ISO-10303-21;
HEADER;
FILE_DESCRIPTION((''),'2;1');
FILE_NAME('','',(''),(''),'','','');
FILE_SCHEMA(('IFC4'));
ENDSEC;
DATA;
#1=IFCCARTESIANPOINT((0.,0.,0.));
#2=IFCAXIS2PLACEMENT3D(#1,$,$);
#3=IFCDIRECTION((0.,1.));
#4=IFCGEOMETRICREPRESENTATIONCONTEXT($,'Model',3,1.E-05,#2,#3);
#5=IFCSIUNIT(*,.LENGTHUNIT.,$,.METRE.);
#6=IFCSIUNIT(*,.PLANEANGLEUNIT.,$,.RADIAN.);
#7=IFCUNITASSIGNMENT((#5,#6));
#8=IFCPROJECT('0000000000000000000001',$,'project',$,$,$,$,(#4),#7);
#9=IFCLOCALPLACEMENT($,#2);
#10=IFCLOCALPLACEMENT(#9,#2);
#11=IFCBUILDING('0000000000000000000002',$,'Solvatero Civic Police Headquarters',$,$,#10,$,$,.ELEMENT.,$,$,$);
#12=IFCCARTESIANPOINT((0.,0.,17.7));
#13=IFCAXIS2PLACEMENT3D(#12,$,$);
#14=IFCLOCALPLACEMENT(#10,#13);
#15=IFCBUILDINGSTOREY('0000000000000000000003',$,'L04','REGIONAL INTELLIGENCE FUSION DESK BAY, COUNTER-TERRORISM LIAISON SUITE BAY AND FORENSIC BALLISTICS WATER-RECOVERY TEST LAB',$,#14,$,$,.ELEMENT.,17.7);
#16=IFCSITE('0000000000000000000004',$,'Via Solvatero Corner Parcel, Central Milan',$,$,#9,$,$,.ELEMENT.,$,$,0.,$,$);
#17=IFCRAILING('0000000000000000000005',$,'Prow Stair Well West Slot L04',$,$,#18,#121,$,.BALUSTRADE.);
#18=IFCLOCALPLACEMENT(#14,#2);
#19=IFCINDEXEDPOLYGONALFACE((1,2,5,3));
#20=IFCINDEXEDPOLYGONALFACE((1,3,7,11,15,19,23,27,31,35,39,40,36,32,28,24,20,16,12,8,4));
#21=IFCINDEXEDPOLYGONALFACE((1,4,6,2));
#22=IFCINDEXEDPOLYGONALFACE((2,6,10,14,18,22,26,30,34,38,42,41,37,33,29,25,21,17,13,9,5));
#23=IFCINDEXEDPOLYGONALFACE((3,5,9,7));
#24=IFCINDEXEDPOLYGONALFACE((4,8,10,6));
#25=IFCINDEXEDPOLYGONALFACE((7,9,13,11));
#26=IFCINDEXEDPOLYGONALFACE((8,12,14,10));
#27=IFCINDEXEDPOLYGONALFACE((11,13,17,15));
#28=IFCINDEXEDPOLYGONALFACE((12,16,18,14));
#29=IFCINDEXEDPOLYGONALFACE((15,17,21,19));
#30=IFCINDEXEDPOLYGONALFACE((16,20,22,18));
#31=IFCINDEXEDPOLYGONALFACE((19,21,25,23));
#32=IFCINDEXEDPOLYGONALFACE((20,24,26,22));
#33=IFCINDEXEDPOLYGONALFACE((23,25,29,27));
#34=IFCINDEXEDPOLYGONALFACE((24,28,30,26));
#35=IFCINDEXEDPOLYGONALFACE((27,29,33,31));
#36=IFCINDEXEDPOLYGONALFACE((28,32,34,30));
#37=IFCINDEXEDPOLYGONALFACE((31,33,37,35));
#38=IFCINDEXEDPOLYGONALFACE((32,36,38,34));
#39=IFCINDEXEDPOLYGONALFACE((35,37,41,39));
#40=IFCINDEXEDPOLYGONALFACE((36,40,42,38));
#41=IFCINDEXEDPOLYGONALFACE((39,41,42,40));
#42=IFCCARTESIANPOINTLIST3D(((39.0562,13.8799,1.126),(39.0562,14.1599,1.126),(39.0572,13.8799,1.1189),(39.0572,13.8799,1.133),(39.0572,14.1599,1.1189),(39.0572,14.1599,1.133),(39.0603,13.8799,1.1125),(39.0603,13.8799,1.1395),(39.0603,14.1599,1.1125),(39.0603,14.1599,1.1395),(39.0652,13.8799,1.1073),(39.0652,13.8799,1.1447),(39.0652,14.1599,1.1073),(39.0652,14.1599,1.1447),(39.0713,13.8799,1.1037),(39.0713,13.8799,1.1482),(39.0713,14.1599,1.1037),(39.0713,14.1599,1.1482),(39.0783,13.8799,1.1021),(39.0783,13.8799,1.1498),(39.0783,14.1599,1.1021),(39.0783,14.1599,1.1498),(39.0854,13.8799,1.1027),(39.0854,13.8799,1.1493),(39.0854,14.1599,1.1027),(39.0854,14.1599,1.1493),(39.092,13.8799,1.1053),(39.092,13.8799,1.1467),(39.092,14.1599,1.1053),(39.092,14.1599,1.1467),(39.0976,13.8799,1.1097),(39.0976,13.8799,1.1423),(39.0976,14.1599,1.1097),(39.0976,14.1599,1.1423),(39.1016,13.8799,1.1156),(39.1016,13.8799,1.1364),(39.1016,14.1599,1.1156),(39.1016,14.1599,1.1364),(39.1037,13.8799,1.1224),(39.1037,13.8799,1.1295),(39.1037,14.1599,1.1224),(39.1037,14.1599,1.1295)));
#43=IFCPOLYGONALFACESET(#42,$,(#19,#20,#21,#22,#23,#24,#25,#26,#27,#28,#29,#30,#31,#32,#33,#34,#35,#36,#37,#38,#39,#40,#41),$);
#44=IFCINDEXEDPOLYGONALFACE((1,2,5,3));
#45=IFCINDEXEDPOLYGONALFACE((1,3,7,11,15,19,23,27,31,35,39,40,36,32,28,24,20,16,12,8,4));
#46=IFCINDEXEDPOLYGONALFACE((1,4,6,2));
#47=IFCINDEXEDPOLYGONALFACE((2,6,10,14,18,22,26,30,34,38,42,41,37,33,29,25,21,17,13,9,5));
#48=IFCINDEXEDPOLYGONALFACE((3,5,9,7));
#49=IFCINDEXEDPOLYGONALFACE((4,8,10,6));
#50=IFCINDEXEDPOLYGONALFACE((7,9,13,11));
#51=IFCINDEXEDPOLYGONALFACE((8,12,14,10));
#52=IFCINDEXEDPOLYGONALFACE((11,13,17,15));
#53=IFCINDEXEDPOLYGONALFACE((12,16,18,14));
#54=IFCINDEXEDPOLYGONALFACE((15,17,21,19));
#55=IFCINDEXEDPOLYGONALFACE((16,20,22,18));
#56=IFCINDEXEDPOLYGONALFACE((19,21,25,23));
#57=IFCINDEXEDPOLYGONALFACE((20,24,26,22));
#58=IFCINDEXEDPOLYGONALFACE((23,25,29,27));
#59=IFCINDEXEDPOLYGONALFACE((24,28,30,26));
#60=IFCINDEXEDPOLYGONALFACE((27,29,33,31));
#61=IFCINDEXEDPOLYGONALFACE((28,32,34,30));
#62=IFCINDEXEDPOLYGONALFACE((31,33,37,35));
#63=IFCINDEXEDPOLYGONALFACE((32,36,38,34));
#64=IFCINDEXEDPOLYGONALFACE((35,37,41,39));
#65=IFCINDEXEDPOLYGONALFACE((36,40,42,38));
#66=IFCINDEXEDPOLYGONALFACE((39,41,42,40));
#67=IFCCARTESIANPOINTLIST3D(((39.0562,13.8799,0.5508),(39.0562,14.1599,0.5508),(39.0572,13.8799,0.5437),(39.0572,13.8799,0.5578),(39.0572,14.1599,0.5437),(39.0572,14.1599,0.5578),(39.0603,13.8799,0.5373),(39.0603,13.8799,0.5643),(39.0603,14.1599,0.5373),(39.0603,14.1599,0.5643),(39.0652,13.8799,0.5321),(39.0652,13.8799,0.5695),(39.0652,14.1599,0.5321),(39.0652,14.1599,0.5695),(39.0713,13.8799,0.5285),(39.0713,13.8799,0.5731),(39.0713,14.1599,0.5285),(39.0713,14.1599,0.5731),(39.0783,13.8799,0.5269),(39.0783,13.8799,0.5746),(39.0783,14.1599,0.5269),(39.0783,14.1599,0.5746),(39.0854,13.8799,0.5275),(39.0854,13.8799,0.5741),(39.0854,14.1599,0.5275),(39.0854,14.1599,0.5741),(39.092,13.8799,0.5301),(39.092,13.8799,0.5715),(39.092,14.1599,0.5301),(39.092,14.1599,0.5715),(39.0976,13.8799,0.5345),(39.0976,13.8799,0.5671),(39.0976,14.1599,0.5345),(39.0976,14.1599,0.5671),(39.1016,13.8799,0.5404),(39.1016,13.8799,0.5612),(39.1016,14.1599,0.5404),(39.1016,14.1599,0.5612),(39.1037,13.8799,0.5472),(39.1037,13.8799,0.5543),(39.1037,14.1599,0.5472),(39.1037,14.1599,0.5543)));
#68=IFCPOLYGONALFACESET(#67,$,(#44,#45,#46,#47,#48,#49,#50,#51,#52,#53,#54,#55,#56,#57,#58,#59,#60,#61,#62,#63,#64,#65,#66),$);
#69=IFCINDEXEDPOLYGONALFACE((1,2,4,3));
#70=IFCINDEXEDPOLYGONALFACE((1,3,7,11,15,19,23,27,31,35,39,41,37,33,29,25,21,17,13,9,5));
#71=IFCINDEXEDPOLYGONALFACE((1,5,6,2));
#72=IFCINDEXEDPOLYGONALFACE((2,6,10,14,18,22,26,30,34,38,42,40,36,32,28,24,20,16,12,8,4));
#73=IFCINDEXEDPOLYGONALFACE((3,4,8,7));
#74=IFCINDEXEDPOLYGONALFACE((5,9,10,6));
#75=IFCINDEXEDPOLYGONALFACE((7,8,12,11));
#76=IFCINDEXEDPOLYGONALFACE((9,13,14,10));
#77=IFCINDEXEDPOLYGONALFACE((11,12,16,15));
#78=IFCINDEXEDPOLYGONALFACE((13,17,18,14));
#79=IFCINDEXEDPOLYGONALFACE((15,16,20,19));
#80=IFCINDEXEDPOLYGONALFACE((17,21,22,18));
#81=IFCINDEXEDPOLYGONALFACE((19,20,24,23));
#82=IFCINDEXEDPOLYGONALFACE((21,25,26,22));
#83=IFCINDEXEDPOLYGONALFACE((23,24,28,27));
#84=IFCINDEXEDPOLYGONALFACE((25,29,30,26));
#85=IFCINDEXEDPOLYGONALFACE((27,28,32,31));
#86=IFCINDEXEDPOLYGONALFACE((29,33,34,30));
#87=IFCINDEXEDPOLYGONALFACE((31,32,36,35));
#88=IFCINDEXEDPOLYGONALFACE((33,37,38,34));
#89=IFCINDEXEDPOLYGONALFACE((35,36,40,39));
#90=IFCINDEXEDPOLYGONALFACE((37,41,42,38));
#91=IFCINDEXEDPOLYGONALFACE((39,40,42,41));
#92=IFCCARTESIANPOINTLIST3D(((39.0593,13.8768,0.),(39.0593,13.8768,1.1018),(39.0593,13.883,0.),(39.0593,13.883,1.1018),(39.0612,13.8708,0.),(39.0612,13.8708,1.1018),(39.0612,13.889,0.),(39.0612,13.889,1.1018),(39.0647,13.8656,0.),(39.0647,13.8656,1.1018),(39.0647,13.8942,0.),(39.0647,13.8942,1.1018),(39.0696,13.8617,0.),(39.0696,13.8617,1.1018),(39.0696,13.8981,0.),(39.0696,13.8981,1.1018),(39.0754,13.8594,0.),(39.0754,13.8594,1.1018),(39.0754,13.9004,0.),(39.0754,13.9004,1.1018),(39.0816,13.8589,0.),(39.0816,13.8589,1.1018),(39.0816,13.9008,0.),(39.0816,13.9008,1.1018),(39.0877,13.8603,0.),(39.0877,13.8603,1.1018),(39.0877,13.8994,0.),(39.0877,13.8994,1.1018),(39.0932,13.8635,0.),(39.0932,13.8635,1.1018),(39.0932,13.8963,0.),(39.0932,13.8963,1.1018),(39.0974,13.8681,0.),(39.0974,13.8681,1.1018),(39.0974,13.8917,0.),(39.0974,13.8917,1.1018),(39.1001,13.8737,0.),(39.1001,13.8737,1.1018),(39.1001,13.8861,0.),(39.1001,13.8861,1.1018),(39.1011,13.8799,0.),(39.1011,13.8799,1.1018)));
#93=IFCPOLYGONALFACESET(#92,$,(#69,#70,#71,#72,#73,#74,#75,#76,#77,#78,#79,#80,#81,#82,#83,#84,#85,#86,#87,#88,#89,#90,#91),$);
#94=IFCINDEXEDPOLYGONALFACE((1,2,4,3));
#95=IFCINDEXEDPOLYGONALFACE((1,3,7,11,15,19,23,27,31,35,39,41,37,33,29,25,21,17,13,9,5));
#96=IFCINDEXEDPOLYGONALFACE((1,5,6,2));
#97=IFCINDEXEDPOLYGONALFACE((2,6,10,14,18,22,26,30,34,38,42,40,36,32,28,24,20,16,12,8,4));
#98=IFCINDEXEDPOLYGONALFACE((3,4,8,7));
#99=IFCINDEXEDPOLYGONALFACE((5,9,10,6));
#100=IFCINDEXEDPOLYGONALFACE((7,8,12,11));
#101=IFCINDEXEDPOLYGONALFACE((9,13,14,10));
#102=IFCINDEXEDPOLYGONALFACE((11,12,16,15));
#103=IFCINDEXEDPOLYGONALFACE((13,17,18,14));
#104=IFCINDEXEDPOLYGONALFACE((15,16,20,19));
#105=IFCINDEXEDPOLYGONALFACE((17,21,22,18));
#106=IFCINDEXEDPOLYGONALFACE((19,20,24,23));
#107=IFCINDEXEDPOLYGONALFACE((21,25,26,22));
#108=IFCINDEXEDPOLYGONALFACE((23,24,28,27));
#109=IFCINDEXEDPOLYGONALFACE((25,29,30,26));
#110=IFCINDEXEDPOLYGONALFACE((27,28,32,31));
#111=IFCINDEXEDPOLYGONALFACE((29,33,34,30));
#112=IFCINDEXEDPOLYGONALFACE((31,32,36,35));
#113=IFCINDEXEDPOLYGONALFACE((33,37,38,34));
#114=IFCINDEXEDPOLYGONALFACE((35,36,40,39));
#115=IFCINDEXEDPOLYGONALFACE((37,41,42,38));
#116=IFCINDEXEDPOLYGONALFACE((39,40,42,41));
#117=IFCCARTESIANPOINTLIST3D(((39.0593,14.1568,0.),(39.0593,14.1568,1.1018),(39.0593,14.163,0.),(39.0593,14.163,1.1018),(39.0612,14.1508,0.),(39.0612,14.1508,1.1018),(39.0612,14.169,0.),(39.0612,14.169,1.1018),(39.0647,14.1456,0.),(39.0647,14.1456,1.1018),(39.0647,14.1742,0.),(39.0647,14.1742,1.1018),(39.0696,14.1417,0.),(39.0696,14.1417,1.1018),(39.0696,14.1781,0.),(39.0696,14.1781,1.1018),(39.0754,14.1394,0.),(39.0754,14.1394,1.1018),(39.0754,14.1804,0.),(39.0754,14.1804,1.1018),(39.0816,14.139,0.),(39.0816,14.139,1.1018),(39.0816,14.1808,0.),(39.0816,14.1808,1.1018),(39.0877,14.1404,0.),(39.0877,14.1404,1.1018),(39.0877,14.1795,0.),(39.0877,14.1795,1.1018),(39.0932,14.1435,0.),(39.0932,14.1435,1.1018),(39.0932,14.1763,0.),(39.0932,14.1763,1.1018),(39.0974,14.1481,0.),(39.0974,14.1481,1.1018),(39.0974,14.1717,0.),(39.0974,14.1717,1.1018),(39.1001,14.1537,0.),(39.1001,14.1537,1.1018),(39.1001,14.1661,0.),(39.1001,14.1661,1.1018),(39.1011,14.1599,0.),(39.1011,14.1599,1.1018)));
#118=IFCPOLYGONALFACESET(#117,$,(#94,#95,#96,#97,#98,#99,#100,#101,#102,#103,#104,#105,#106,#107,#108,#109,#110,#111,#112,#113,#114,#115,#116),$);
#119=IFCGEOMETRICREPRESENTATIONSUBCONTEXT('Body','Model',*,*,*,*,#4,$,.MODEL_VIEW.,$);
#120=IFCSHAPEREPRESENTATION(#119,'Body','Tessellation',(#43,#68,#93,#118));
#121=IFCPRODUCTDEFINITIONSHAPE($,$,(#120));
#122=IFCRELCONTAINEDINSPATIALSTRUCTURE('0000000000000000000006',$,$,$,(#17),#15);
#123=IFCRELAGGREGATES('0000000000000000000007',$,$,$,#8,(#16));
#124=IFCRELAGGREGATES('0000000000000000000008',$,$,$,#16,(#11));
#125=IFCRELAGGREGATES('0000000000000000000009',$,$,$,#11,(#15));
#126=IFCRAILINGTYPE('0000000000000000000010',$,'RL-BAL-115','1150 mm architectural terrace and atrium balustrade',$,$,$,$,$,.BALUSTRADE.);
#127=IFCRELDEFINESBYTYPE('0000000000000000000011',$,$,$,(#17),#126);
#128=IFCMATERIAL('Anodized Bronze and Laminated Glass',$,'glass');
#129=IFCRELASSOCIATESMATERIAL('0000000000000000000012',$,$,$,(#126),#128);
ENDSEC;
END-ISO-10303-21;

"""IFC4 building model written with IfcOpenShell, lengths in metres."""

from ifc_helpers import new_model, si_unit, direction, frame, origin, origin_2d, place, context, subcontext, project, spatial, circle, extrude, material, type_object, element, save


model = new_model("IFC4")

# Units and contexts
model_context = context("Model", 3, precision=1e-05, world=origin(), true_north=direction((0.0, 1.0)))
body_context = subcontext(model_context, "Body", "Model", "MODEL_VIEW")
ifc_project = project(units=[si_unit("LENGTHUNIT", "METRE"), si_unit("PLANEANGLEUNIT", "RADIAN")], contexts=[model_context])

# Site, building, storey
site_placement = place(None, origin())
site = spatial("IfcSite", under=ifc_project, at=site_placement, Name="Via Solvatero Corner Parcel, Central Milan", CompositionType="ELEMENT", RefElevation=0.0)
building_placement = place(site_placement, origin())
building = spatial("IfcBuilding", under=site, at=building_placement, Name="Solvatero Civic Police Headquarters", CompositionType="ELEMENT")
storey_placement = place(building_placement, frame((0.0, 0.0, 17.7)))
storey = spatial("IfcBuildingStorey", under=building, at=storey_placement, Name="L04", Description="REGIONAL INTELLIGENCE FUSION DESK BAY, COUNTER-TERRORISM LIAISON SUITE BAY AND FORENSIC BALLISTICS WATER-RECOVERY TEST LAB", CompositionType="ELEMENT", Elevation=17.7)

# Railing
ifc_material_1 = material(Name="Anodized Bronze and Laminated Glass", Category="glass")
railing_type_1 = type_object("IfcRailingType", Name="RL-BAL-115", Description="1150 mm architectural terrace and atrium balustrade", PredefinedType="BALUSTRADE", material=ifc_material_1)
railing_1_placement = place(storey_placement, frame((39.0801, 13.8799, 0.0)))
element("IfcRailing", 1, at=railing_1_placement, inside=storey, type_object=railing_type_1, Name="Prow Stair Well West Slot L04", PredefinedType="BALUSTRADE", context=body_context, shape_type="SweptSolid", body=[
    extrude(circle(Radius=0.0239, at=origin_2d()), frame((0.0, 0.0, 1.126), z_axis=(0.0, 1.0, 0.0), x_axis=(-1.0, 0.0, 0.0)), (0.0, 0.0, 1.0), 0.28),
    extrude(circle(Radius=0.0239, at=origin_2d()), frame((0.0, 0.0, 0.5508), z_axis=(0.0, 1.0, 0.0), x_axis=(-1.0, 0.0, 0.0)), (0.0, 0.0, 1.0), 0.28),
    extrude(circle(Radius=0.021, at=origin_2d()), origin(), (0.0, 0.0, 1.0), 1.1018),
    extrude(circle(Radius=0.021, at=origin_2d()), frame((0.0, 0.28, 0.0)), (0.0, 0.0, 1.0), 1.1018),
])

save(model, "model.ifc")
